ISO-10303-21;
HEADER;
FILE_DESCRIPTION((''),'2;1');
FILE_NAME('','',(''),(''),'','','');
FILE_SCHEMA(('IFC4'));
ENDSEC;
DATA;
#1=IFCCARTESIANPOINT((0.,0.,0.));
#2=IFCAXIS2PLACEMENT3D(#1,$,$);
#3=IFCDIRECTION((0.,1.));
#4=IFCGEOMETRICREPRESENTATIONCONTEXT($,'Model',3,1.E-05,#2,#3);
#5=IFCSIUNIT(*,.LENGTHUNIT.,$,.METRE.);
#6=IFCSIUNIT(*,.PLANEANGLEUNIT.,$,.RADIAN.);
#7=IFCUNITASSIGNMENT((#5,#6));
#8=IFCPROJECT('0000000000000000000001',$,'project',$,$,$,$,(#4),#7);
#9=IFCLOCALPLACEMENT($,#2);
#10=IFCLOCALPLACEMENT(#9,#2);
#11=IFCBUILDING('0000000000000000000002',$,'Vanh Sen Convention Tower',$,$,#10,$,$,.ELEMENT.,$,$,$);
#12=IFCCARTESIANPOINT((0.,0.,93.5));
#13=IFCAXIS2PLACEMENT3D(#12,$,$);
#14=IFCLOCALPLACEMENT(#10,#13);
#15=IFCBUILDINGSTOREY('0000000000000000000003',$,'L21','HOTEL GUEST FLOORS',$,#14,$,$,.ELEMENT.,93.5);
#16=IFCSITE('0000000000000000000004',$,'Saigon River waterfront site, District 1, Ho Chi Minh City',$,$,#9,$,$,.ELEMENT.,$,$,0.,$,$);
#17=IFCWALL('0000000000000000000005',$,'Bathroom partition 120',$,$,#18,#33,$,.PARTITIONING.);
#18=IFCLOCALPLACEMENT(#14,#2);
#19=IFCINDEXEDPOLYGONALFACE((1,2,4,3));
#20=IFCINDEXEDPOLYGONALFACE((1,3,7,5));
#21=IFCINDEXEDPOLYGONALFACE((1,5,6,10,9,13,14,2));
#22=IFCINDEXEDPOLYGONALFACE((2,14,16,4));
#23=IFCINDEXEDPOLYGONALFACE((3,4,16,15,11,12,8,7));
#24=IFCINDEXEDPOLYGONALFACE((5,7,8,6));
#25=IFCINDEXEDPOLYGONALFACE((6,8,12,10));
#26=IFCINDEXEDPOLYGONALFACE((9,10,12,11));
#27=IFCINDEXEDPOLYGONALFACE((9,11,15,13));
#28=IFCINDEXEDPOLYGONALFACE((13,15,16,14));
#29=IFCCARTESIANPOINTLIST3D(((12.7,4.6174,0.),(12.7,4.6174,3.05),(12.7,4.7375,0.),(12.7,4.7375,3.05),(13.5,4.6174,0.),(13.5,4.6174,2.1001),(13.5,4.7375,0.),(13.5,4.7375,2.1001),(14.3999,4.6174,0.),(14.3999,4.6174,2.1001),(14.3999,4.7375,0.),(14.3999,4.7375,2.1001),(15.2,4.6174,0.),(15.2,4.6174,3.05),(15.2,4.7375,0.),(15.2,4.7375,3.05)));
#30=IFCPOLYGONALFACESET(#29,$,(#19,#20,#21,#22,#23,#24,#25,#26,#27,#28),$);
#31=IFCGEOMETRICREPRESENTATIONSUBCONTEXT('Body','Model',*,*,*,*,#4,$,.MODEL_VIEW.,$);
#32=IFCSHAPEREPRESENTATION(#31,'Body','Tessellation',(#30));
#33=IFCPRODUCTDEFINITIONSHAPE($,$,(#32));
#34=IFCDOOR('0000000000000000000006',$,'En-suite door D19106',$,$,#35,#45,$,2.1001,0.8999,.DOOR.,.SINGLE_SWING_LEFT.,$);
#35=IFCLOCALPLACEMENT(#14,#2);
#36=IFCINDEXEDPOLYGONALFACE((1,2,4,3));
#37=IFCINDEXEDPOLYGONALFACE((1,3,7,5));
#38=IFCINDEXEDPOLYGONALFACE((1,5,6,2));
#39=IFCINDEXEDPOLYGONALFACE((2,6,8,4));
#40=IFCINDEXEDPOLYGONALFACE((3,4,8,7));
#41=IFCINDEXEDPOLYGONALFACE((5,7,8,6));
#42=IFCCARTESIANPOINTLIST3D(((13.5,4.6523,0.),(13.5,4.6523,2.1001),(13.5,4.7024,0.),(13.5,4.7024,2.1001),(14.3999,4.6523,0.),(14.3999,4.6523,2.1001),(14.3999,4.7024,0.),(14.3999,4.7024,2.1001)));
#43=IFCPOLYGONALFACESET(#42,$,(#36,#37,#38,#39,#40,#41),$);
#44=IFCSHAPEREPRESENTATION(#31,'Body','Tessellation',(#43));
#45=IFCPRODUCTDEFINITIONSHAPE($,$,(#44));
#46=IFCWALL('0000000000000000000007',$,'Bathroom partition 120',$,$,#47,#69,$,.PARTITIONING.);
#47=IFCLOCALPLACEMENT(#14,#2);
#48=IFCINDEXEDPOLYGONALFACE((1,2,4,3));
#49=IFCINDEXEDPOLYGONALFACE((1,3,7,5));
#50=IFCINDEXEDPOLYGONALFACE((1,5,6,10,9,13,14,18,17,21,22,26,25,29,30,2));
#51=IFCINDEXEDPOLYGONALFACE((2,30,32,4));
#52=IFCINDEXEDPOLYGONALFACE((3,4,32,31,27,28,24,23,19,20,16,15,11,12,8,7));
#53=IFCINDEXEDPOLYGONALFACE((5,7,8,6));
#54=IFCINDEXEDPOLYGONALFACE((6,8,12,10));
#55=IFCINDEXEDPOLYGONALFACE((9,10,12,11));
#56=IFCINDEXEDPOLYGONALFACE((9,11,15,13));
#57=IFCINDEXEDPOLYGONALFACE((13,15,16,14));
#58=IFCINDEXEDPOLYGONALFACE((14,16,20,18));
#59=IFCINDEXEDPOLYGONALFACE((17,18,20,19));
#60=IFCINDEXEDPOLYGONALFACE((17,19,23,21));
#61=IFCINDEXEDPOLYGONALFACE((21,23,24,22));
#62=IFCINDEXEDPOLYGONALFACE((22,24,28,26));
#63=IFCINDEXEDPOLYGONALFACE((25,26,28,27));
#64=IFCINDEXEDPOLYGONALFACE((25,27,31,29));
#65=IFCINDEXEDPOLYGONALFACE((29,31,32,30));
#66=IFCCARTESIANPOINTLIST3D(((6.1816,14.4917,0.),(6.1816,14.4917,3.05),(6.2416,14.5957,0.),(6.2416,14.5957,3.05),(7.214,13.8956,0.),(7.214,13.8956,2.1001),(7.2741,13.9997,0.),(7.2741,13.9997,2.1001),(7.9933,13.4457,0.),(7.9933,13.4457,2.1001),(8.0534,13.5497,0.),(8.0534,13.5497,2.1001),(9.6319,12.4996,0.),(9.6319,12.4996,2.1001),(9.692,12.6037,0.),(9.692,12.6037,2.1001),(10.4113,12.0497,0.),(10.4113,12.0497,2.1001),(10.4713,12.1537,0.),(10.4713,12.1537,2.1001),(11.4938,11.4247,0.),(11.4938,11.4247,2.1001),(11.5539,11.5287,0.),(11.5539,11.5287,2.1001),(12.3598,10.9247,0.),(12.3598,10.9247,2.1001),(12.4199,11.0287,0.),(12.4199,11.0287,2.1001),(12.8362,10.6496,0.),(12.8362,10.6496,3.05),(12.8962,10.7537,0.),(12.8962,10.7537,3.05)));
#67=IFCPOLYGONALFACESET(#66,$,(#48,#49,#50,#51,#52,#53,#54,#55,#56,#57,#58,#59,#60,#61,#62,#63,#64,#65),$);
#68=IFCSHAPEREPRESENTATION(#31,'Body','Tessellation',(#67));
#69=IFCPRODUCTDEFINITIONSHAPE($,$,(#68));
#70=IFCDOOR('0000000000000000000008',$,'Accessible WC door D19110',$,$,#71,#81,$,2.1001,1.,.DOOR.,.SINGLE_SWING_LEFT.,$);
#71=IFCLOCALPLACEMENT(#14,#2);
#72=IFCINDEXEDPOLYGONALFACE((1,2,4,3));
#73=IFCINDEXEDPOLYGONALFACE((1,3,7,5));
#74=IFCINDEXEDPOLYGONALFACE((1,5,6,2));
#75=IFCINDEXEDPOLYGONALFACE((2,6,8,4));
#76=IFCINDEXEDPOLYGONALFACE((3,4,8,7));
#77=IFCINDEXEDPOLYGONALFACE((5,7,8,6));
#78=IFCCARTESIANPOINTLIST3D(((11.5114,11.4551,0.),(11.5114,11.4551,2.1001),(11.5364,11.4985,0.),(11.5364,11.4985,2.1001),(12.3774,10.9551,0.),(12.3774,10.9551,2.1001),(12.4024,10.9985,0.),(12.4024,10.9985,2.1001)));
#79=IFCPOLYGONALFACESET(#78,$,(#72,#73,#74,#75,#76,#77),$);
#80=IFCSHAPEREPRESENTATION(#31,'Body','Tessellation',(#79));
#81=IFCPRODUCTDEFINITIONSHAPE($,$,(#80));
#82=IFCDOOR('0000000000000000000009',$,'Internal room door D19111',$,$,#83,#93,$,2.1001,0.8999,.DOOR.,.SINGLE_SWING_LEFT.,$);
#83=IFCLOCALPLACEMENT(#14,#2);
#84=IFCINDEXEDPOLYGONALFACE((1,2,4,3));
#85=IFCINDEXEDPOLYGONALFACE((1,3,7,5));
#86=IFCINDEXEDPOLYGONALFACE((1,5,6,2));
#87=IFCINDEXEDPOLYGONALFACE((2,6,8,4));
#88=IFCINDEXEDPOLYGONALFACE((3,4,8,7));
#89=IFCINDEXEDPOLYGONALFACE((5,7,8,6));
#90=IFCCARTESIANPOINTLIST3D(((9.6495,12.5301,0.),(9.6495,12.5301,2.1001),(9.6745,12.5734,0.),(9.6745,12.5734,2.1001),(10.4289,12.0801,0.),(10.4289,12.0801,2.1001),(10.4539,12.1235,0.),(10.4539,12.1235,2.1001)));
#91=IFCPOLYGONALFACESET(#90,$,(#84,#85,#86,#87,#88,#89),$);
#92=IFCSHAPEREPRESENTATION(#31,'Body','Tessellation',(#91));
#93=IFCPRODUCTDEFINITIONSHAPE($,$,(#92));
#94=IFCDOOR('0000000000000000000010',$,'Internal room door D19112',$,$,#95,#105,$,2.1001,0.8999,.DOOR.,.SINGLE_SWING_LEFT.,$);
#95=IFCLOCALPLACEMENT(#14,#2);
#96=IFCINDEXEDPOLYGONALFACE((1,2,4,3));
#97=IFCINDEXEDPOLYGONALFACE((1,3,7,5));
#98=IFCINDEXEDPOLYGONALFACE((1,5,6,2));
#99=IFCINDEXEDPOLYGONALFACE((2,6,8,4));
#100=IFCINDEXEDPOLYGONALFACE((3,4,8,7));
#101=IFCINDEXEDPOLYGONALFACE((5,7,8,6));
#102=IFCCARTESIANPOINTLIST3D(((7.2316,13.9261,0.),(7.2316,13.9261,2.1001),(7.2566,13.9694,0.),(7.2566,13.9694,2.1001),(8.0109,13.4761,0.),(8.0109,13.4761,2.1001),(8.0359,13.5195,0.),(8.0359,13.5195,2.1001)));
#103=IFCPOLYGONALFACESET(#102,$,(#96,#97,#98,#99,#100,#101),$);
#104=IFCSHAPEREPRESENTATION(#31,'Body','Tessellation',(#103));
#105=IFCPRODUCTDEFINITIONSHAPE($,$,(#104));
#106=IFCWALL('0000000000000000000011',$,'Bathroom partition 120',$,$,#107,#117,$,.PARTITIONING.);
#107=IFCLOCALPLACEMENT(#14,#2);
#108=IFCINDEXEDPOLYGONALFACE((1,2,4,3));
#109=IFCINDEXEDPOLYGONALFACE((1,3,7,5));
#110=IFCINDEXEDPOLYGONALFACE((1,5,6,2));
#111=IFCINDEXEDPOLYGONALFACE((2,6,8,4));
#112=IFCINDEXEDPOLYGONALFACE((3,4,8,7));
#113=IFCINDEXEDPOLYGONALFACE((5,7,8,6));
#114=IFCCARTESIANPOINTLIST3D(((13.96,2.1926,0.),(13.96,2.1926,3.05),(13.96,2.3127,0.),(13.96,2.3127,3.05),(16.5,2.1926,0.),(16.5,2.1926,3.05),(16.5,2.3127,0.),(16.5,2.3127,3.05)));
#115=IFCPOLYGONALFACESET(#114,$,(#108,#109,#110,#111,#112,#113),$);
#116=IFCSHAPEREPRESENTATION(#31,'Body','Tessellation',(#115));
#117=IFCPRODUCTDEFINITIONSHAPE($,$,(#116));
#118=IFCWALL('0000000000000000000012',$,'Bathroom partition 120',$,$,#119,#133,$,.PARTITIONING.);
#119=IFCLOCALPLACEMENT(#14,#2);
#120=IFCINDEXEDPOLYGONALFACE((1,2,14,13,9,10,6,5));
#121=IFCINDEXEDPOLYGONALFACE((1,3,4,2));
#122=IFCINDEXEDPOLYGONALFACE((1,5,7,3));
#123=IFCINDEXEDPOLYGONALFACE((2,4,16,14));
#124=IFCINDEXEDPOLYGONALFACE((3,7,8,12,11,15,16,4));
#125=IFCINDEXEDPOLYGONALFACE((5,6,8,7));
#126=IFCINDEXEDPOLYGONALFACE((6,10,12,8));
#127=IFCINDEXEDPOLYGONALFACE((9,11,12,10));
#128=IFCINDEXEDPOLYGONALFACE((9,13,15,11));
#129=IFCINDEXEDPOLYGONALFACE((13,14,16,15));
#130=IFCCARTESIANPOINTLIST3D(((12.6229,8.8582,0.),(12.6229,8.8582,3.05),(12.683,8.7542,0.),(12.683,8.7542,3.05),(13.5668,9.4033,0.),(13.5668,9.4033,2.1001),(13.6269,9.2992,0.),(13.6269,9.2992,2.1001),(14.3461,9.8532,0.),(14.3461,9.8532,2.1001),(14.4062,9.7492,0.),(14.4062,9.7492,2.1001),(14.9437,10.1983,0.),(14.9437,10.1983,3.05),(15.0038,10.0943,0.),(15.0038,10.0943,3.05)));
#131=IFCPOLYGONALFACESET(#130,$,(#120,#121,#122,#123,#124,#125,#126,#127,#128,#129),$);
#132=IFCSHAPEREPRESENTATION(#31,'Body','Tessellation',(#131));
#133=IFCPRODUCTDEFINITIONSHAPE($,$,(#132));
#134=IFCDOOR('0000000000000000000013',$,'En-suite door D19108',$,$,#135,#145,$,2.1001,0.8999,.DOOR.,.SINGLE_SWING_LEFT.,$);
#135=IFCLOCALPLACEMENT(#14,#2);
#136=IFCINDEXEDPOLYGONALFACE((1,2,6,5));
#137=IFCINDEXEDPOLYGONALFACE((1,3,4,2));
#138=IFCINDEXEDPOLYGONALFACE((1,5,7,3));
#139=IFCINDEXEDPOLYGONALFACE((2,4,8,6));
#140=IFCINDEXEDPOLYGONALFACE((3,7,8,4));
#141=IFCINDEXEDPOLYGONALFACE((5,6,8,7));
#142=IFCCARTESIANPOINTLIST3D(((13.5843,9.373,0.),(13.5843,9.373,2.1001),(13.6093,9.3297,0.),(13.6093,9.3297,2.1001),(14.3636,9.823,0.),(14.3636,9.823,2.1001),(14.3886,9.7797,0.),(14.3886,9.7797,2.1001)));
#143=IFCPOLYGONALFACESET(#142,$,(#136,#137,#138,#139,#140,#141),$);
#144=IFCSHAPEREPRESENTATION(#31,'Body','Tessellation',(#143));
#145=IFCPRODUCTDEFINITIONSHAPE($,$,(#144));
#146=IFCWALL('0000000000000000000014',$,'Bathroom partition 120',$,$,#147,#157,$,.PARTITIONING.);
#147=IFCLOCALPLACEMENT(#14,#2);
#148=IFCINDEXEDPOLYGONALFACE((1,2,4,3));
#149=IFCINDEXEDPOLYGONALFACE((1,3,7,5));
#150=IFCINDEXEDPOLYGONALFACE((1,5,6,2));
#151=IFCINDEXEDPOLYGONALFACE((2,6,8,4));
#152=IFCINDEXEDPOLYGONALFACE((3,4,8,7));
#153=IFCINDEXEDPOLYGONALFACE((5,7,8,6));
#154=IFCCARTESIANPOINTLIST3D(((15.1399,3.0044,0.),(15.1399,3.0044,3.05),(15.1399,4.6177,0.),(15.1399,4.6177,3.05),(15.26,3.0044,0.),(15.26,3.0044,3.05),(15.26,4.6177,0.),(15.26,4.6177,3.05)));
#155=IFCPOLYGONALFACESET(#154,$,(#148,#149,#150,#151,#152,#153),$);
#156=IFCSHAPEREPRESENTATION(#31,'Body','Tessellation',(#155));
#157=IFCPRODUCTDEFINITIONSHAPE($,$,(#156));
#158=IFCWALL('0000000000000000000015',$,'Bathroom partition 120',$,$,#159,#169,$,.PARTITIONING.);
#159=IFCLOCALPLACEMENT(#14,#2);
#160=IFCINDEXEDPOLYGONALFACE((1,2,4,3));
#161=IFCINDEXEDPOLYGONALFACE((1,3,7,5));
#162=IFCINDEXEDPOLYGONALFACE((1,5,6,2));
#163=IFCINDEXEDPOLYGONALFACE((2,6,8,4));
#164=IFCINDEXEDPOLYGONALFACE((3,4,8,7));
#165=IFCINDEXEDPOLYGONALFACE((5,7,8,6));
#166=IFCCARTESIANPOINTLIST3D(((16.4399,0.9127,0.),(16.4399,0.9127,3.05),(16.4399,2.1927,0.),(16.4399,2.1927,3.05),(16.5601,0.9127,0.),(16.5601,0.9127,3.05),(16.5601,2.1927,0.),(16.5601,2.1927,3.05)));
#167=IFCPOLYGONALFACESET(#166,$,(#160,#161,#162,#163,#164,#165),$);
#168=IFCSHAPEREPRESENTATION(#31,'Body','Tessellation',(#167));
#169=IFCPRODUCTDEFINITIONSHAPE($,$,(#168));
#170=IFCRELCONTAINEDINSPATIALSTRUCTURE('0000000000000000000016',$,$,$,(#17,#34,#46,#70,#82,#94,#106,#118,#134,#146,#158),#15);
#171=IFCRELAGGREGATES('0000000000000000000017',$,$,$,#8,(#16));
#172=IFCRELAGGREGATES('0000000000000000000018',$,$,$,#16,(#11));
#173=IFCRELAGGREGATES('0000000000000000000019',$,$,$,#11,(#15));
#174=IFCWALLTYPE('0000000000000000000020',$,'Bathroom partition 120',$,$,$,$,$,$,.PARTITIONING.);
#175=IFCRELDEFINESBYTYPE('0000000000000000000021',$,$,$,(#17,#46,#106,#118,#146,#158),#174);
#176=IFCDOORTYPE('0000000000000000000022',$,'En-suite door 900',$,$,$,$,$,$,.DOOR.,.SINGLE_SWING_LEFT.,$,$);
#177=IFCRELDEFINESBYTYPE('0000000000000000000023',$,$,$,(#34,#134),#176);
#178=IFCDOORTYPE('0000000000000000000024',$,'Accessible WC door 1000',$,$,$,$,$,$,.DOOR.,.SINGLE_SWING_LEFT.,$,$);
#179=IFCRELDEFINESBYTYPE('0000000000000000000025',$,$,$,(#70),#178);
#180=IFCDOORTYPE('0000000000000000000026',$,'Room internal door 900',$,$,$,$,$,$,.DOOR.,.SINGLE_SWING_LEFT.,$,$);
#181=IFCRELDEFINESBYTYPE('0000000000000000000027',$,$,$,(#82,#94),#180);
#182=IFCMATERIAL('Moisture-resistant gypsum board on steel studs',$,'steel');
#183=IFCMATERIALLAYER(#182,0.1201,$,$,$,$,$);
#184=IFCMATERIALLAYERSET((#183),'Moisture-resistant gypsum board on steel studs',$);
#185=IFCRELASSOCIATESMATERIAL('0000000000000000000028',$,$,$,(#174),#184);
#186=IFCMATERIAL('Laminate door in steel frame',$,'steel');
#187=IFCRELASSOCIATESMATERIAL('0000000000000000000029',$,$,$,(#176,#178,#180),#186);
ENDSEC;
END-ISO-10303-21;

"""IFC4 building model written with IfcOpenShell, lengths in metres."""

from ifc_helpers import new_model, si_unit, direction, frame, frame_2d, origin, place, context, subcontext, project, spatial, rectangle, extrude, material, layer, layer_set, type_object, element, fill, save


model = new_model("IFC4")

# Units and contexts
model_context = context("Model", 3, precision=1e-05, world=origin(), true_north=direction((0.0, 1.0)))
body_context = subcontext(model_context, "Body", "Model", "MODEL_VIEW")
ifc_project = project(units=[si_unit("LENGTHUNIT", "METRE"), si_unit("PLANEANGLEUNIT", "RADIAN")], contexts=[model_context])

# Site, building, storey
site_placement = place(None, origin())
site = spatial("IfcSite", under=ifc_project, at=site_placement, Name="Saigon River waterfront site, District 1, Ho Chi Minh City", CompositionType="ELEMENT", RefElevation=0.0)
building_placement = place(site_placement, origin())
building = spatial("IfcBuilding", under=site, at=building_placement, Name="Vanh Sen Convention Tower", CompositionType="ELEMENT")
storey_placement = place(building_placement, frame((0.0, 0.0, 93.5)))
storey = spatial("IfcBuildingStorey", under=building, at=storey_placement, Name="L21", Description="HOTEL GUEST FLOORS", CompositionType="ELEMENT", Elevation=93.5)

# Shared definitions
ifc_material_1 = material(Name="Moisture-resistant gypsum board on steel studs", Category="steel")
ifc_layer_1 = layer(ifc_material_1, 0.1201)
ifc_layer_set_1 = layer_set([ifc_layer_1], Name="Moisture-resistant gypsum board on steel studs")
wall_type_1 = type_object("IfcWallType", Name="Bathroom partition 120", PredefinedType="PARTITIONING", material=ifc_layer_set_1)

# Wall, opening, door
wall_1_placement = place(storey_placement, frame((12.7, 4.6775, 0.0), z_axis=(0.0, 0.0, 1.0), x_axis=(1.0, 0.0, 0.0)))
wall_1 = element("IfcWall", 1, at=wall_1_placement, inside=storey, type_object=wall_type_1, Name="Bathroom partition 120", PredefinedType="PARTITIONING", context=body_context, shape_type="SweptSolid", body=[
    extrude(rectangle(XDim=2.5, YDim=0.1201, at=frame_2d((1.25, 0.0))), origin(), (0.0, 0.0, 1.0), 3.05),
])
opening_1_placement = place(wall_1_placement, frame((0.8, 0.0, 0.0)))
opening_1 = element("IfcOpeningElement", 2, at=opening_1_placement, cuts=wall_1, PredefinedType="OPENING", context=body_context, shape_type="SweptSolid", body=[
    extrude(rectangle(XDim=0.8999, YDim=2.1001, at=frame_2d((0.45, 1.05))), frame((0.0, 0.0701, 0.0), z_axis=(0.0, -1.0, 0.0), x_axis=(1.0, 0.0, 0.0)), (0.0, 0.0, 1.0), 0.1401),
])
ifc_material_2 = material(Name="Laminate door in steel frame", Category="steel")
door_type_1 = type_object("IfcDoorType", Name="En-suite door 900", OperationType="SINGLE_SWING_LEFT", PredefinedType="DOOR", material=ifc_material_2)
door_1_placement = place(opening_1_placement, origin())
door_1 = element("IfcDoor", 3, at=door_1_placement, inside=storey, type_object=door_type_1, Name="En-suite door D19106", OperationType="SINGLE_SWING_LEFT", OverallHeight=2.1001, OverallWidth=0.8999, PredefinedType="DOOR", context=body_context, shape_type="SweptSolid", body=[
    extrude(rectangle(XDim=0.8999, YDim=2.1001, at=frame_2d((0.45, 1.05))), frame((0.0, 0.0249, 0.0), z_axis=(0.0, -1.0, 0.0), x_axis=(1.0, 0.0, 0.0)), (0.0, 0.0, 1.0), 0.05),
])
fill(opening_1, door_1)

# Wall, openings, doors
wall_2_placement = place(storey_placement, frame((12.8662, 10.7017, 0.0), z_axis=(0.0, 0.0, 1.0), x_axis=(-0.866023, 0.500004, 0.0)))
wall_2 = element("IfcWall", 4, at=wall_2_placement, inside=storey, type_object=wall_type_1, Name="Bathroom partition 120", PredefinedType="PARTITIONING", context=body_context, shape_type="SweptSolid", body=[
    extrude(rectangle(XDim=7.6841, YDim=0.1201, at=frame_2d((3.842, 0.0))), origin(), (0.0, 0.0, 1.0), 3.05),
])
opening_2_placement = place(wall_2_placement, frame((0.55, 0.0, 0.0)))
opening_2 = element("IfcOpeningElement", 5, at=opening_2_placement, cuts=wall_2, PredefinedType="OPENING", context=body_context, shape_type="SweptSolid", body=[
    extrude(rectangle(XDim=1.0, YDim=2.1001, at=frame_2d((0.5, 1.05))), frame((0.0, 0.0701, 0.0), z_axis=(0.0, -1.0, 0.0), x_axis=(1.0, 0.0, 0.0)), (0.0, 0.0, 1.0), 0.1401),
])
opening_3_placement = place(wall_2_placement, frame((2.8, 0.0, 0.0)))
opening_3 = element("IfcOpeningElement", 6, at=opening_3_placement, cuts=wall_2, PredefinedType="OPENING", context=body_context, shape_type="SweptSolid", body=[
    extrude(rectangle(XDim=0.8999, YDim=2.1001, at=frame_2d((0.45, 1.05))), frame((0.0, 0.0701, 0.0), z_axis=(0.0, -1.0, 0.0), x_axis=(1.0, 0.0, 0.0)), (0.0, 0.0, 1.0), 0.1401),
])
opening_4_placement = place(wall_2_placement, frame((5.592, 0.0, 0.0)))
opening_4 = element("IfcOpeningElement", 7, at=opening_4_placement, cuts=wall_2, PredefinedType="OPENING", context=body_context, shape_type="SweptSolid", body=[
    extrude(rectangle(XDim=0.8999, YDim=2.1001, at=frame_2d((0.45, 1.05))), frame((0.0, 0.0701, 0.0), z_axis=(0.0, -1.0, 0.0), x_axis=(1.0, 0.0, 0.0)), (0.0, 0.0, 1.0), 0.1401),
])
door_type_2 = type_object("IfcDoorType", Name="Accessible WC door 1000", OperationType="SINGLE_SWING_LEFT", PredefinedType="DOOR", material=ifc_material_2)
door_2_placement = place(opening_2_placement, origin())
door_2 = element("IfcDoor", 8, at=door_2_placement, inside=storey, type_object=door_type_2, Name="Accessible WC door D19110", OperationType="SINGLE_SWING_LEFT", OverallHeight=2.1001, OverallWidth=1.0, PredefinedType="DOOR", context=body_context, shape_type="SweptSolid", body=[
    extrude(rectangle(XDim=1.0, YDim=2.1001, at=frame_2d((0.5, 1.05))), frame((0.0, 0.0249, 0.0), z_axis=(0.0, -1.0, 0.0), x_axis=(1.0, 0.0, 0.0)), (0.0, 0.0, 1.0), 0.05),
])
fill(opening_2, door_2)
door_type_3 = type_object("IfcDoorType", Name="Room internal door 900", OperationType="SINGLE_SWING_LEFT", PredefinedType="DOOR", material=ifc_material_2)
door_3_placement = place(opening_3_placement, origin())
door_3 = element("IfcDoor", 9, at=door_3_placement, inside=storey, type_object=door_type_3, Name="Internal room door D19111", OperationType="SINGLE_SWING_LEFT", OverallHeight=2.1001, OverallWidth=0.8999, PredefinedType="DOOR", context=body_context, shape_type="SweptSolid", body=[
    extrude(rectangle(XDim=0.8999, YDim=2.1001, at=frame_2d((0.45, 1.05))), frame((0.0, 0.0249, 0.0), z_axis=(0.0, -1.0, 0.0), x_axis=(1.0, 0.0, 0.0)), (0.0, 0.0, 1.0), 0.05),
])
fill(opening_3, door_3)
door_4_placement = place(opening_4_placement, origin())
door_4 = element("IfcDoor", 10, at=door_4_placement, inside=storey, type_object=door_type_3, Name="Internal room door D19112", OperationType="SINGLE_SWING_LEFT", OverallHeight=2.1001, OverallWidth=0.8999, PredefinedType="DOOR", context=body_context, shape_type="SweptSolid", body=[
    extrude(rectangle(XDim=0.8999, YDim=2.1001, at=frame_2d((0.45, 1.05))), frame((0.0, 0.0249, 0.0), z_axis=(0.0, -1.0, 0.0), x_axis=(1.0, 0.0, 0.0)), (0.0, 0.0, 1.0), 0.05),
])
fill(opening_4, door_4)

# Wall
wall_3_placement = place(storey_placement, frame((13.96, 2.2527, 0.0), z_axis=(0.0, 0.0, 1.0), x_axis=(1.0, 0.0, 0.0)))
element("IfcWall", 11, at=wall_3_placement, inside=storey, type_object=wall_type_1, Name="Bathroom partition 120", PredefinedType="PARTITIONING", context=body_context, shape_type="SweptSolid", body=[
    extrude(rectangle(XDim=2.54, YDim=0.1201, at=frame_2d((1.27, 0.0))), origin(), (0.0, 0.0, 1.0), 3.05),
])

# Wall, opening, door
wall_4_placement = place(storey_placement, frame((14.9736, 10.1462, 0.0), z_axis=(0.0, 0.0, 1.0), x_axis=(-0.865997, -0.500048, 0.0)))
wall_4 = element("IfcWall", 12, at=wall_4_placement, inside=storey, type_object=wall_type_1, Name="Bathroom partition 120", PredefinedType="PARTITIONING", context=body_context, shape_type="SweptSolid", body=[
    extrude(rectangle(XDim=2.6799, YDim=0.1201, at=frame_2d((1.3398, 0.0))), origin(), (0.0, 0.0, 1.0), 3.05),
])
opening_5_placement = place(wall_4_placement, frame((0.6899, 0.0, 0.0)))
opening_5 = element("IfcOpeningElement", 13, at=opening_5_placement, cuts=wall_4, PredefinedType="OPENING", context=body_context, shape_type="SweptSolid", body=[
    extrude(rectangle(XDim=0.8999, YDim=2.1001, at=frame_2d((0.45, 1.05))), frame((0.0, 0.0701, 0.0), z_axis=(0.0, -1.0, 0.0), x_axis=(1.0, 0.0, 0.0)), (0.0, 0.0, 1.0), 0.1401),
])
door_5_placement = place(opening_5_placement, origin())
door_5 = element("IfcDoor", 14, at=door_5_placement, inside=storey, type_object=door_type_1, Name="En-suite door D19108", OperationType="SINGLE_SWING_LEFT", OverallHeight=2.1001, OverallWidth=0.8999, PredefinedType="DOOR", context=body_context, shape_type="SweptSolid", body=[
    extrude(rectangle(XDim=0.8999, YDim=2.1001, at=frame_2d((0.45, 1.05))), frame((0.0, 0.0249, 0.0), z_axis=(0.0, -1.0, 0.0), x_axis=(1.0, 0.0, 0.0)), (0.0, 0.0, 1.0), 0.05),
])
fill(opening_5, door_5)

# Walls
wall_5_placement = place(storey_placement, frame((15.2, 4.6177, 0.0), z_axis=(0.0, 0.0, 1.0), x_axis=(0.0, -1.0, 0.0)))
element("IfcWall", 15, at=wall_5_placement, inside=storey, type_object=wall_type_1, Name="Bathroom partition 120", PredefinedType="PARTITIONING", context=body_context, shape_type="SweptSolid", body=[
    extrude(rectangle(XDim=1.6133, YDim=0.1201, at=frame_2d((0.8066, 0.0))), origin(), (0.0, 0.0, 1.0), 3.05),
])
wall_6_placement = place(storey_placement, frame((16.5, 2.1929, 0.0), z_axis=(0.0, 0.0, 1.0), x_axis=(0.0, -1.0, 0.0)))
element("IfcWall", 16, at=wall_6_placement, inside=storey, type_object=wall_type_1, Name="Bathroom partition 120", PredefinedType="PARTITIONING", context=body_context, shape_type="SweptSolid", body=[
    extrude(rectangle(XDim=1.28, YDim=0.1201, at=frame_2d((0.6401, 0.0))), origin(), (0.0, 0.0, 1.0), 3.05),
])

save(model, "model.ifc")
